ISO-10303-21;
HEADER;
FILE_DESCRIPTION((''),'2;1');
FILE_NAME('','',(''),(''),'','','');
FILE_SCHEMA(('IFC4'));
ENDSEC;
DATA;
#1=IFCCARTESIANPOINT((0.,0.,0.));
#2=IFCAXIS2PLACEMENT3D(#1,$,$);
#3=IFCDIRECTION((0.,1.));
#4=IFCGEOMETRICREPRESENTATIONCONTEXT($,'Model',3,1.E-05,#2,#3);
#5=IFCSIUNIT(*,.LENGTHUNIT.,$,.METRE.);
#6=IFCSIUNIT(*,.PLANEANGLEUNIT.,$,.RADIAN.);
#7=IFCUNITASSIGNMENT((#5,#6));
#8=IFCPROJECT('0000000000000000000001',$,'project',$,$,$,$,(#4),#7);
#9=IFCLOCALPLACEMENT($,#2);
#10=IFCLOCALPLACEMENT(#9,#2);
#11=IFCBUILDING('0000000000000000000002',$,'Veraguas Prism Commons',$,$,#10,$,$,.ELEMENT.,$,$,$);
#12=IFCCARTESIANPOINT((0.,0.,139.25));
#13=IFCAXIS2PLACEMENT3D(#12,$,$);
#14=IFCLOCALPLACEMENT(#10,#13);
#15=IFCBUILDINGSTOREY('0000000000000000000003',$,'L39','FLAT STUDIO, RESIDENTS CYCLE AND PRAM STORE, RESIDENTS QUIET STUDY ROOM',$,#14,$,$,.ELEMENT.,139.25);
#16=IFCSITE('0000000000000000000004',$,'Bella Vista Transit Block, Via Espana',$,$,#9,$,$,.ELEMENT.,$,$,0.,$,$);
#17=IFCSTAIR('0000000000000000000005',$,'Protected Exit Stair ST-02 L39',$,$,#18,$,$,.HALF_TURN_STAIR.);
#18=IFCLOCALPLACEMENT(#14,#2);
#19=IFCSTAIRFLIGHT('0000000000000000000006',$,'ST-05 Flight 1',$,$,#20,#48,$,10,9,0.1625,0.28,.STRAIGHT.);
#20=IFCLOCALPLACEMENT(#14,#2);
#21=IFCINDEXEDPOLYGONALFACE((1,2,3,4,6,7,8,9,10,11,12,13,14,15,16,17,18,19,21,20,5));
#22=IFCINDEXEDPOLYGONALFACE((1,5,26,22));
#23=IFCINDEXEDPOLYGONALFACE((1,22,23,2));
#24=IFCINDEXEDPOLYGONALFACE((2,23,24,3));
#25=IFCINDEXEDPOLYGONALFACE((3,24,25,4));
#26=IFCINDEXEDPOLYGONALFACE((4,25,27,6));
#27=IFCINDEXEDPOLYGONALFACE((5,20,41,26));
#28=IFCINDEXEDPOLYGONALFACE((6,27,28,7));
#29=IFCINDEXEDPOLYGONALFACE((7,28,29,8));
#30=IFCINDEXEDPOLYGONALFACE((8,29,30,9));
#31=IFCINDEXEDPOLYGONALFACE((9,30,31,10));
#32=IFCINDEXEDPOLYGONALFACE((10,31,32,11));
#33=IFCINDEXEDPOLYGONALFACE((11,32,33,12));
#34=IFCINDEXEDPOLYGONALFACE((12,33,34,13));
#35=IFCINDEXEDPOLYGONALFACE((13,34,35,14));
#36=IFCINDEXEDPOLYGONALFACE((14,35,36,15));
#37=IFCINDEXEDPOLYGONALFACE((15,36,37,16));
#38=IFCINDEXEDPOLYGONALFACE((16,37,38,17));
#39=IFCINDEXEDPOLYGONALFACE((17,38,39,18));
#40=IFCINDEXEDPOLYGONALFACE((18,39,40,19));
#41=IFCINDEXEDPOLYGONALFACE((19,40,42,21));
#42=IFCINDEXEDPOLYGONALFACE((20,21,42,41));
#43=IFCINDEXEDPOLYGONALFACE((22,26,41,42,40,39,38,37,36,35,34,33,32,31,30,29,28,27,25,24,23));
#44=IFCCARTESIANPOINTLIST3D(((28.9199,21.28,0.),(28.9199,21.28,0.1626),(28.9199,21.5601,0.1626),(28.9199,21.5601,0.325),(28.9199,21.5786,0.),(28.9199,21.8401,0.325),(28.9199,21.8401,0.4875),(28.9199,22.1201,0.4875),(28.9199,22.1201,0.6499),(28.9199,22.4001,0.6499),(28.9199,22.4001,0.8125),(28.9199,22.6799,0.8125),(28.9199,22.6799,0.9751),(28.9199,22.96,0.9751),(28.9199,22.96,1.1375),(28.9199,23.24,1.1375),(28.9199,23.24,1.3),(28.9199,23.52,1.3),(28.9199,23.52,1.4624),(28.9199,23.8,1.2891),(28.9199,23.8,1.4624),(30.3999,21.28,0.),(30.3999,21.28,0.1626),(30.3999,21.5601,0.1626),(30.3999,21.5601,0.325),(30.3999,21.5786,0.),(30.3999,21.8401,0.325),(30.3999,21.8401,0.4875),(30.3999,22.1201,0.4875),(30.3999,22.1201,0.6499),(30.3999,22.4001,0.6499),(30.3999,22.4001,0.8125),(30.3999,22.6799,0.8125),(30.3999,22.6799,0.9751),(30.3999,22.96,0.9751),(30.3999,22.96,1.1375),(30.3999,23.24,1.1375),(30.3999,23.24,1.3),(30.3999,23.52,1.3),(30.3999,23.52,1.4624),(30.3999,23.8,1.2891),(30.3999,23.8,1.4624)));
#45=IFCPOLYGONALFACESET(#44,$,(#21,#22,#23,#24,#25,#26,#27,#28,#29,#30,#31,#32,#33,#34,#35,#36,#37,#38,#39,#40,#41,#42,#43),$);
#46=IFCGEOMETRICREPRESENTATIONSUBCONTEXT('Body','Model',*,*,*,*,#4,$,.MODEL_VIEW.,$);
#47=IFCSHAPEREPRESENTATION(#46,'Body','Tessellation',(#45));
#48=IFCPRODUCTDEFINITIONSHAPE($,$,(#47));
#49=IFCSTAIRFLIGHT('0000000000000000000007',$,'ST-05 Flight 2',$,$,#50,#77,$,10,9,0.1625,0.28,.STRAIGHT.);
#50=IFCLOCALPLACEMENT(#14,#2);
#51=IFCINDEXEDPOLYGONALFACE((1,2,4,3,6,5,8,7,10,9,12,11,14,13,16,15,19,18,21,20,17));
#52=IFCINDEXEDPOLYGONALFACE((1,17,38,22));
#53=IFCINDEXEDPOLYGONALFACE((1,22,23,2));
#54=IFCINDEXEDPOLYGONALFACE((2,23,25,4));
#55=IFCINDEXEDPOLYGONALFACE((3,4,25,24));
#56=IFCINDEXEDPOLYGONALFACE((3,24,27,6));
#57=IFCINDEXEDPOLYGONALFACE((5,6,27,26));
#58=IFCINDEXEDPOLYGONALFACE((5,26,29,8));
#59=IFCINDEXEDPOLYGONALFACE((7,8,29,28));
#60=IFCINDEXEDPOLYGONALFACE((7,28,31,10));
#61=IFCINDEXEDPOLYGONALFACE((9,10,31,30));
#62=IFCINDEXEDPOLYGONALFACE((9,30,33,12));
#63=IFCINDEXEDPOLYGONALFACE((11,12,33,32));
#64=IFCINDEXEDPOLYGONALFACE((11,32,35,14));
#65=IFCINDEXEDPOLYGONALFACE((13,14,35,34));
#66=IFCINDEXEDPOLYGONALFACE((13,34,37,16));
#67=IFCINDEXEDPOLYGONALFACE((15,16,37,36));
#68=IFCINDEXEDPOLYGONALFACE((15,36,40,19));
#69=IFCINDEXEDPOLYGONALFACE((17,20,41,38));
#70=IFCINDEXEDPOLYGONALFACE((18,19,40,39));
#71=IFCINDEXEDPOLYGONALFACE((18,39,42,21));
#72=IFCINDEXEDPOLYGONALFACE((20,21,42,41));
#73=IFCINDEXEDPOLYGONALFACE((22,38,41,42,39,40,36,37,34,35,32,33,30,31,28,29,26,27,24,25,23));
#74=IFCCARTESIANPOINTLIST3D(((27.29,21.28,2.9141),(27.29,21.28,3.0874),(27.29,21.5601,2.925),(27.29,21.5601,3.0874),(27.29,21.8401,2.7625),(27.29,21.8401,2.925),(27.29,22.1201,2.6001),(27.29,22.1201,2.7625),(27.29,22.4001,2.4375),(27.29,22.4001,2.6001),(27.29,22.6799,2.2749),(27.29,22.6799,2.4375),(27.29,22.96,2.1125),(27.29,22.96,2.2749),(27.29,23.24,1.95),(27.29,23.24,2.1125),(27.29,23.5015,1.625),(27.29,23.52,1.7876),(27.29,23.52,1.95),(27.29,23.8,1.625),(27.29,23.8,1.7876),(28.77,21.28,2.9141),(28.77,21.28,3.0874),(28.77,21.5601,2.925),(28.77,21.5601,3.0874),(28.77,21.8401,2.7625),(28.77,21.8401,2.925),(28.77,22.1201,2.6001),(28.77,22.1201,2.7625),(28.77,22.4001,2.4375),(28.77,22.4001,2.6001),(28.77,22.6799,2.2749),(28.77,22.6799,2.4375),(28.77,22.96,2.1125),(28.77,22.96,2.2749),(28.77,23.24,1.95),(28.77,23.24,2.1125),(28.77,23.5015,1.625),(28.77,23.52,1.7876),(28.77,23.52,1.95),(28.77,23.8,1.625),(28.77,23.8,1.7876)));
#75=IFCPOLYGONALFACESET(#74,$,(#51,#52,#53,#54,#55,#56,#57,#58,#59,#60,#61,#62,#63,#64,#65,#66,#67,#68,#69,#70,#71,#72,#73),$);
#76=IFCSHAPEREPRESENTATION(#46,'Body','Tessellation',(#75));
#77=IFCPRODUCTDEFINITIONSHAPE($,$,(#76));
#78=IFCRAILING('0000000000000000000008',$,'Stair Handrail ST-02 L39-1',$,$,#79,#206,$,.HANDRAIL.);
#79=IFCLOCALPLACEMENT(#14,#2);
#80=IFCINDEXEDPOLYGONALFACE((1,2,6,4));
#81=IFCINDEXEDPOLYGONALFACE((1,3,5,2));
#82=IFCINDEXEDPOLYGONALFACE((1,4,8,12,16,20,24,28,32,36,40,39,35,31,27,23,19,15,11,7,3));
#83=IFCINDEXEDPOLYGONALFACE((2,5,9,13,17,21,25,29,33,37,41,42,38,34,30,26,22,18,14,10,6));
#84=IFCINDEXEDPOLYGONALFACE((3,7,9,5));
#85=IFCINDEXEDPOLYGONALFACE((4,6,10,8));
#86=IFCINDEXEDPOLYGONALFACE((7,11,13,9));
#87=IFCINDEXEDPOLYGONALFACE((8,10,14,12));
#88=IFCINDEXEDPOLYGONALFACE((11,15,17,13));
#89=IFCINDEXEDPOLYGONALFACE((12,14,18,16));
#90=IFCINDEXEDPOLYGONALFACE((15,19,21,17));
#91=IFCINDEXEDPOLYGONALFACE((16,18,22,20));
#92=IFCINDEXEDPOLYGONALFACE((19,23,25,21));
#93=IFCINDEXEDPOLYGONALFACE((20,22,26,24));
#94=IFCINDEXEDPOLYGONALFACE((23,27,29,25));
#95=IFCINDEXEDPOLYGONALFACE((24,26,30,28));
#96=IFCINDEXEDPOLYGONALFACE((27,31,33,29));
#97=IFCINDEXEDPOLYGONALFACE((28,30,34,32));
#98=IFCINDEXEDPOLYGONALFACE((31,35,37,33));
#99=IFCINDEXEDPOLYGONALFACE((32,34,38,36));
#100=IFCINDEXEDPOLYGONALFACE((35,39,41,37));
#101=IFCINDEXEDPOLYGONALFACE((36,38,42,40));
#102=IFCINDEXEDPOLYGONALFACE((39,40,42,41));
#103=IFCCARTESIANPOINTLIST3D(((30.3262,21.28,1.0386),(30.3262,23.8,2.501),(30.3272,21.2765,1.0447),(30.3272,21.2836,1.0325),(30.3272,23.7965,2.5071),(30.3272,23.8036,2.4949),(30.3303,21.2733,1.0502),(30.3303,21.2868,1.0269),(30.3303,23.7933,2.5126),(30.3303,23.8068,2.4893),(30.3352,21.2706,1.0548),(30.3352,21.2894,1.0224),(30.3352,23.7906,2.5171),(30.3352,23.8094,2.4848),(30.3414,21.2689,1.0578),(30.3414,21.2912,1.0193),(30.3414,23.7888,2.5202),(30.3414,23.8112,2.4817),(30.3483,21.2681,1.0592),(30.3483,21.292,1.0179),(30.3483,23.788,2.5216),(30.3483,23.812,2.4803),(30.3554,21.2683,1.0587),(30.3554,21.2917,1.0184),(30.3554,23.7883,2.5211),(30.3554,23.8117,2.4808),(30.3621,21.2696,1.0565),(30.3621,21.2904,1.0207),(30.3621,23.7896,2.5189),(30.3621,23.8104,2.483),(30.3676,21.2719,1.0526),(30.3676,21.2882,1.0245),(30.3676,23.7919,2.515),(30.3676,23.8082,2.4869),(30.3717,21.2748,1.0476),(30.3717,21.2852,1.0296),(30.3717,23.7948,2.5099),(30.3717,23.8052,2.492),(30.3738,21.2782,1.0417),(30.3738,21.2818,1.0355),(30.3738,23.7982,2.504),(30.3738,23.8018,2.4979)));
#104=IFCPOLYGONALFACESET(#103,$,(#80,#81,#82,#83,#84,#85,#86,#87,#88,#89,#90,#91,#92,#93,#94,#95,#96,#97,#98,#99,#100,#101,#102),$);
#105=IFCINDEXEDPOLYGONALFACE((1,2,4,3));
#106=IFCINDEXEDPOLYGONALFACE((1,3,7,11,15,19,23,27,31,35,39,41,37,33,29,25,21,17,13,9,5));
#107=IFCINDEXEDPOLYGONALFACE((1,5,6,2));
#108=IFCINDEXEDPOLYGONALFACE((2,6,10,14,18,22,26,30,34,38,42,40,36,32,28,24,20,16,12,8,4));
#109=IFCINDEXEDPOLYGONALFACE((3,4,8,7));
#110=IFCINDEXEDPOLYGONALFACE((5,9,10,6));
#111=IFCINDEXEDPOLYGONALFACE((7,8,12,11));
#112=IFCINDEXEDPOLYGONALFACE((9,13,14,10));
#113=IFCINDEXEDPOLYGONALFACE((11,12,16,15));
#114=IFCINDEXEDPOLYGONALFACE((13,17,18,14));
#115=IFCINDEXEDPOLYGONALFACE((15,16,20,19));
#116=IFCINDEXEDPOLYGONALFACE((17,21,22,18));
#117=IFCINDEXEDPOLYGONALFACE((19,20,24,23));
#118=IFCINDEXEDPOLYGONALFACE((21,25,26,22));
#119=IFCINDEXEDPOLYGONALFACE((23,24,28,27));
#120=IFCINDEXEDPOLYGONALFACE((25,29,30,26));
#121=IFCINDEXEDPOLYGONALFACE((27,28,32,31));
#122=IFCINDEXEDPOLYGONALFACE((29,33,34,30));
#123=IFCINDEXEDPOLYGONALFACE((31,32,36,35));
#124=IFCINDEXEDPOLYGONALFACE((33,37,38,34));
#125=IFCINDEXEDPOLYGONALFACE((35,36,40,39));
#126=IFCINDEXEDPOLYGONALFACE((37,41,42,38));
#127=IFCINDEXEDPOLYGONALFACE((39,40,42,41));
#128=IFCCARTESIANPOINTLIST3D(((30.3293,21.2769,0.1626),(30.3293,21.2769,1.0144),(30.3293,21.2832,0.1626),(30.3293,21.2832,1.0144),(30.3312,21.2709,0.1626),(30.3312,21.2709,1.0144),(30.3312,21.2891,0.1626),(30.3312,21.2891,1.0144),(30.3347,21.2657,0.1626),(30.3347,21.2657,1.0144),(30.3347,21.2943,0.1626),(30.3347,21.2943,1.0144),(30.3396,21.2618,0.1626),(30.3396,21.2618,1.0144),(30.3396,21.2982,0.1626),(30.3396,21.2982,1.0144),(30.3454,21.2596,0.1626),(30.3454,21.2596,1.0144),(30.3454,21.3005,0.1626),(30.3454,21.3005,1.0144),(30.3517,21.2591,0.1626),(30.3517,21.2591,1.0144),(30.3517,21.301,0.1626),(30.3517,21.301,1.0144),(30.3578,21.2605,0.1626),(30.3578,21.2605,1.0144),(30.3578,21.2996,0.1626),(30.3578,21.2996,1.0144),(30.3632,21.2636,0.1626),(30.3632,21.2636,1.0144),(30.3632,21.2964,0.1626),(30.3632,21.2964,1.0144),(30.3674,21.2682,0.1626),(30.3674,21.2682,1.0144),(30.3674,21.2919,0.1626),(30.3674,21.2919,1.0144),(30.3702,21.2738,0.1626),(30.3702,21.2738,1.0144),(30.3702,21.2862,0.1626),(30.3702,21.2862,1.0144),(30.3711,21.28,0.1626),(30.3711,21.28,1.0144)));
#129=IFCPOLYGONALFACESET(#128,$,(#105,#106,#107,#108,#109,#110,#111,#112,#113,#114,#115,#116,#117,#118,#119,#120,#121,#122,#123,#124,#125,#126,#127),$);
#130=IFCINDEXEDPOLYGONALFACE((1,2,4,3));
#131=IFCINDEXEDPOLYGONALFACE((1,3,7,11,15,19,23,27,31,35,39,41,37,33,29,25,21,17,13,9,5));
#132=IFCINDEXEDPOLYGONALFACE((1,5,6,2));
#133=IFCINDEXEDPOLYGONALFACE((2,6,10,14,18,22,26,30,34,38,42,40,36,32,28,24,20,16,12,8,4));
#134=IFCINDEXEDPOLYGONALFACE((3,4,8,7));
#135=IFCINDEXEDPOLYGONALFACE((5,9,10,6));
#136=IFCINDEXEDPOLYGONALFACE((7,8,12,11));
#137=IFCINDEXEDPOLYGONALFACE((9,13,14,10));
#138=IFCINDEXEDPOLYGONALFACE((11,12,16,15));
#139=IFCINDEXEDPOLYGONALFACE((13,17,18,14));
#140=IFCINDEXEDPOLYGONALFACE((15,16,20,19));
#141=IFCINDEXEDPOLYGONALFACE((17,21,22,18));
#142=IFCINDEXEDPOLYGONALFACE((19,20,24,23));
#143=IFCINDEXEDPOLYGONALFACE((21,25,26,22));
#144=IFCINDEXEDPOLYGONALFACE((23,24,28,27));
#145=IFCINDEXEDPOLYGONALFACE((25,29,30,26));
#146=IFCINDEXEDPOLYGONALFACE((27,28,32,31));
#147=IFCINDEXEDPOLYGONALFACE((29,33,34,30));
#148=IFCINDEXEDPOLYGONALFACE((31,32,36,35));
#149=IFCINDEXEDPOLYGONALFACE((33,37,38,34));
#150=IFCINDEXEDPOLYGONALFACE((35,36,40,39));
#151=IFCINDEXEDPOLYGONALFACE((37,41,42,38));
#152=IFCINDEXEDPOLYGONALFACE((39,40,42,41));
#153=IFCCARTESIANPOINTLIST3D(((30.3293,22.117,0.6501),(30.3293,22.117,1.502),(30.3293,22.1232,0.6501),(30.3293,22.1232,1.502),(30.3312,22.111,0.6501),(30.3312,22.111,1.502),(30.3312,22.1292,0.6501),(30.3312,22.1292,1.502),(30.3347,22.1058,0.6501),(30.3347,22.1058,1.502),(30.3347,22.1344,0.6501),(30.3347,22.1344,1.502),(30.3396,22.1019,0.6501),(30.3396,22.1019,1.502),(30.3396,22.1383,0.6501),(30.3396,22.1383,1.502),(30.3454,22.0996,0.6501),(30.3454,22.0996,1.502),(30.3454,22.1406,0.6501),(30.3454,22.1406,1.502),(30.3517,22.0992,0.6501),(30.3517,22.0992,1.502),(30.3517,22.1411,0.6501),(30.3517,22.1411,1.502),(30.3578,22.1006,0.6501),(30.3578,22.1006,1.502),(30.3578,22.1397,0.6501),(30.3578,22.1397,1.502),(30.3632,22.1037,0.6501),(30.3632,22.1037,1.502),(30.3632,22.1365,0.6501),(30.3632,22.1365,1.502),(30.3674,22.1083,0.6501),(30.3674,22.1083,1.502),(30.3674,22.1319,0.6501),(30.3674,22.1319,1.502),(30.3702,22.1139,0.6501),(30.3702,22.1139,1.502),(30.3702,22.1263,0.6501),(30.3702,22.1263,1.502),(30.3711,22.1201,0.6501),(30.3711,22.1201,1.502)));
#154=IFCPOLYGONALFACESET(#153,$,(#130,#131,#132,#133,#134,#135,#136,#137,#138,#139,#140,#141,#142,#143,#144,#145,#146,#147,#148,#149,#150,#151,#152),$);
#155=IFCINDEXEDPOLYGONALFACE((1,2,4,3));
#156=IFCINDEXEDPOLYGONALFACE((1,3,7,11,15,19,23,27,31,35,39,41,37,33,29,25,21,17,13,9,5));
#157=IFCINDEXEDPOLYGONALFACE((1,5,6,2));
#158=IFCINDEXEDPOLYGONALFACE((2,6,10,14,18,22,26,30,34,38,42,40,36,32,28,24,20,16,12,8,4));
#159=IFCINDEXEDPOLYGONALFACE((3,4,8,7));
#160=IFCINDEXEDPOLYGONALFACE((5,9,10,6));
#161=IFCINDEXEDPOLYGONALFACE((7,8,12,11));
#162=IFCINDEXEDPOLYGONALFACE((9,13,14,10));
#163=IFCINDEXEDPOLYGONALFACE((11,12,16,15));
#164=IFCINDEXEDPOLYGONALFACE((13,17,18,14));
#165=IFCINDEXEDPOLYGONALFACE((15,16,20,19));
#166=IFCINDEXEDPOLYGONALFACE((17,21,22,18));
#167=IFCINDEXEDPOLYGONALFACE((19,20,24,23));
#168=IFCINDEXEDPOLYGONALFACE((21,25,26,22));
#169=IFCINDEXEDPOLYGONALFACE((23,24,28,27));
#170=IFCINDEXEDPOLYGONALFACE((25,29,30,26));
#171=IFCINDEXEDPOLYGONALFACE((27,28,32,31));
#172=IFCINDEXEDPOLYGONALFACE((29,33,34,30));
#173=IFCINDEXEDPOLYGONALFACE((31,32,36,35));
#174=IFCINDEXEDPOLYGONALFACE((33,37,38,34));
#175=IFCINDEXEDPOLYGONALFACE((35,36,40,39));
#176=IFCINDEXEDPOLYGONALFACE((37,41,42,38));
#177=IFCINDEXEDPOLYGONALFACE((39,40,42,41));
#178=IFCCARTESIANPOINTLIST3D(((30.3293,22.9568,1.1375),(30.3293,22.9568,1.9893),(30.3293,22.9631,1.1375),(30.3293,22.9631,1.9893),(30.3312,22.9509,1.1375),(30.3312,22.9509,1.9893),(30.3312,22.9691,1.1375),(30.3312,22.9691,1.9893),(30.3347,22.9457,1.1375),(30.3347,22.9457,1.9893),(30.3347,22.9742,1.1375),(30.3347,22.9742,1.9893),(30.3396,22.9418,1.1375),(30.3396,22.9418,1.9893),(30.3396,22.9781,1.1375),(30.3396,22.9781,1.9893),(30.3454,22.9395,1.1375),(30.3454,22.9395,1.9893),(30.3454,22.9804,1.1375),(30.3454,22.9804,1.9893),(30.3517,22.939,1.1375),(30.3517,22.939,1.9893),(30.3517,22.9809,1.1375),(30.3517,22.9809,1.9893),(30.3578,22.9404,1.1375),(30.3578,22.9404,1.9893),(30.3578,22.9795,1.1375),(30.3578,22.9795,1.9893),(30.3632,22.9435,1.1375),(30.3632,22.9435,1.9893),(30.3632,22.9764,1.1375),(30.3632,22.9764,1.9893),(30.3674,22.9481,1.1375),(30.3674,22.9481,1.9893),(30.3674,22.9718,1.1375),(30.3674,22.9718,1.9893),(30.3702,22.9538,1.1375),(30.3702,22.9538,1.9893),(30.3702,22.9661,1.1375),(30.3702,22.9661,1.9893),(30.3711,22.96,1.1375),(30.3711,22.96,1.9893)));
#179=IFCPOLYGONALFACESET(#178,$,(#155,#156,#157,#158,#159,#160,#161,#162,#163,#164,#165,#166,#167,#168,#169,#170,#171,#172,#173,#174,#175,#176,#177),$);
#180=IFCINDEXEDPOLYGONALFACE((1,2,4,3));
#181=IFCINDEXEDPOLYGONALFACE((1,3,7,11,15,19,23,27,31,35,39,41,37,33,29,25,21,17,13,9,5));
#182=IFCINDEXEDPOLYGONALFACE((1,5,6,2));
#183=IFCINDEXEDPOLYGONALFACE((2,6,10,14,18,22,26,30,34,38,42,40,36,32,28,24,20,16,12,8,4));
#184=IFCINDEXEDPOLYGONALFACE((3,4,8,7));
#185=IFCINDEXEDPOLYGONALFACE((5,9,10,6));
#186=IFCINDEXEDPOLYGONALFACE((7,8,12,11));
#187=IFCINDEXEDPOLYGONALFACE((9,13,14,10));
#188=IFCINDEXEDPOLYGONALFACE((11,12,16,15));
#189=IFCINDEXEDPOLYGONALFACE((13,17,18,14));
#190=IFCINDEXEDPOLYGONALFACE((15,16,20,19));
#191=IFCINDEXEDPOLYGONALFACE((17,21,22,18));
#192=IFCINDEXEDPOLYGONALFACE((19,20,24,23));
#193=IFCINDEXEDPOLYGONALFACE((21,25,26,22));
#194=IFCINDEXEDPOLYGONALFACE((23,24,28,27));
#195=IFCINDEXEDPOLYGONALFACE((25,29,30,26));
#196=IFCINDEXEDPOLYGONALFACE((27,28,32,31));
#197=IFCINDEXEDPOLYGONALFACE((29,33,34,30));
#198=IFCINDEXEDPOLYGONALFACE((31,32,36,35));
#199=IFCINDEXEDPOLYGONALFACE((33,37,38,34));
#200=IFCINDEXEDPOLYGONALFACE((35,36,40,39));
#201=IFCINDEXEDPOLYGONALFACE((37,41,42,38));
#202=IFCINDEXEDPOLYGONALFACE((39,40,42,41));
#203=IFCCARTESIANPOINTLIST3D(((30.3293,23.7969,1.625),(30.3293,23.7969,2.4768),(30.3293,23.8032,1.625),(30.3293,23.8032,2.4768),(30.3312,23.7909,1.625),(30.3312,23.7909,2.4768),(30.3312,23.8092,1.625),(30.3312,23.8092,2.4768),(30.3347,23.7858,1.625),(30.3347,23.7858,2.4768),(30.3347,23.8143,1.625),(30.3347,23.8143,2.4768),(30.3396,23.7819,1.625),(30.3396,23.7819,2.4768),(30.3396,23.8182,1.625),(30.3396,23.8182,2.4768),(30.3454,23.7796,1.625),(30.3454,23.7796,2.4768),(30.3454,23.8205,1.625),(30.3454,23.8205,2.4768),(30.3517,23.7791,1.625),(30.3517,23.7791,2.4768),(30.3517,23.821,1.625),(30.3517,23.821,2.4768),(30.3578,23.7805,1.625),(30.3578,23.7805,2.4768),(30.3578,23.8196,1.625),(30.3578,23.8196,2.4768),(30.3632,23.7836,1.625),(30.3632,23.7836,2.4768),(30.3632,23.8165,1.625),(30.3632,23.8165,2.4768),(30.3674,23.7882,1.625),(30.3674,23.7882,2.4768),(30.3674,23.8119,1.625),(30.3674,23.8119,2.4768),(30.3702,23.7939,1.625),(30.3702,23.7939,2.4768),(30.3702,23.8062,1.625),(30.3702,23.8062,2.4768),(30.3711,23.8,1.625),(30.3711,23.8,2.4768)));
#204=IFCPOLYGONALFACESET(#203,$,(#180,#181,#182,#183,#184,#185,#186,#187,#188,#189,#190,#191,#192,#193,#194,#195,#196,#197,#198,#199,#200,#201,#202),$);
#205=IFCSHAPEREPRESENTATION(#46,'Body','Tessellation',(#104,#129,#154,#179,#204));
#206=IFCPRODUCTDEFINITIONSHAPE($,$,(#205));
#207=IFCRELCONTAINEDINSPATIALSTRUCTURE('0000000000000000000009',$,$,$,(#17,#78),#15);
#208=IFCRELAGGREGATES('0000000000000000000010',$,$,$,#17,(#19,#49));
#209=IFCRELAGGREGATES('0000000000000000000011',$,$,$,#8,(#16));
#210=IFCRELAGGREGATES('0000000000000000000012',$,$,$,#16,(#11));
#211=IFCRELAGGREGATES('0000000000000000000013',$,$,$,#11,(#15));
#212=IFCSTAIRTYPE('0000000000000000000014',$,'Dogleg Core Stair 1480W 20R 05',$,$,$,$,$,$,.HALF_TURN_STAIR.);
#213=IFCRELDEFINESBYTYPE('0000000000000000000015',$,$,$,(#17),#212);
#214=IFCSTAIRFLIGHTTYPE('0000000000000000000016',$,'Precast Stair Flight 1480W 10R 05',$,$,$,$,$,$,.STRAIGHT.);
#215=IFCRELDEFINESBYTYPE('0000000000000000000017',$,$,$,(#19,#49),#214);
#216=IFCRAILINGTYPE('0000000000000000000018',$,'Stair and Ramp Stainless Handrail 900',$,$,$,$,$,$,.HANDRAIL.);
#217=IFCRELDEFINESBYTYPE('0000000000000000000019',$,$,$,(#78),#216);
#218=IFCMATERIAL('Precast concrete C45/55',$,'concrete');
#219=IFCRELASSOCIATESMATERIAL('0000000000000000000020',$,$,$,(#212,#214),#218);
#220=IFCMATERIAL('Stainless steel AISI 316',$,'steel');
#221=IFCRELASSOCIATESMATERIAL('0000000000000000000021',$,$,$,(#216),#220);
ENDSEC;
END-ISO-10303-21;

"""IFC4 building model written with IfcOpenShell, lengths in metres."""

from ifc_helpers import new_model, si_unit, direction, frame, origin, origin_2d, place, context, subcontext, project, spatial, polyline, circle, outline, extrude, material, type_object, element, aggregate, save


model = new_model("IFC4")

# Units and contexts
model_context = context("Model", 3, precision=1e-05, world=origin(), true_north=direction((0.0, 1.0)))
body_context = subcontext(model_context, "Body", "Model", "MODEL_VIEW")
ifc_project = project(units=[si_unit("LENGTHUNIT", "METRE"), si_unit("PLANEANGLEUNIT", "RADIAN")], contexts=[model_context])

# Site, building, storey
site_placement = place(None, origin())
site = spatial("IfcSite", under=ifc_project, at=site_placement, Name="Bella Vista Transit Block, Via Espana", CompositionType="ELEMENT", RefElevation=0.0)
building_placement = place(site_placement, origin())
building = spatial("IfcBuilding", under=site, at=building_placement, Name="Veraguas Prism Commons", CompositionType="ELEMENT")
storey_placement = place(building_placement, frame((0.0, 0.0, 139.25)))
storey = spatial("IfcBuildingStorey", under=building, at=storey_placement, Name="L39", Description="FLAT STUDIO, RESIDENTS CYCLE AND PRAM STORE, RESIDENTS QUIET STUDY ROOM", CompositionType="ELEMENT", Elevation=139.25)

# Shared definitions
ifc_material_1 = material(Name="Stainless steel AISI 316", Category="steel")

# Stair, stair flights
ifc_material_2 = material(Name="Precast concrete C45/55", Category="concrete")
stair_type = type_object("IfcStairType", Name="Dogleg Core Stair 1480W 20R 05", PredefinedType="HALF_TURN_STAIR", material=ifc_material_2)
stair_placement = place(storey_placement, origin())
stair = element("IfcStair", 1, at=stair_placement, inside=storey, type_object=stair_type, Name="Protected Exit Stair ST-02 L39", PredefinedType="HALF_TURN_STAIR")
stair_flight_type = type_object("IfcStairFlightType", Name="Precast Stair Flight 1480W 10R 05", PredefinedType="STRAIGHT", material=ifc_material_2)
stair_flight_1_placement = place(storey_placement, frame((29.6599, 21.28, 0.0), z_axis=(0.0, 0.0, 1.0), x_axis=(0.0, 1.0, 0.0)))
stair_flight_1 = element("IfcStairFlight", 2, at=stair_flight_1_placement, type_object=stair_flight_type, Name="ST-05 Flight 1", NumberOfRisers=10, NumberOfTreads=9, PredefinedType="STRAIGHT", RiserHeight=0.1625, TreadLength=0.28, context=body_context, shape_type="SweptSolid", body=[
    extrude(outline(polyline([(0.0, 0.0), (0.0, 0.1626), (0.28, 0.1626), (0.28, 0.325), (0.5601, 0.325), (0.5601, 0.4875), (0.8401, 0.4875), (0.8401, 0.6499), (1.1201, 0.6499), (1.1201, 0.8125), (1.3999, 0.8125), (1.3999, 0.9751), (1.6799, 0.9751), (1.6799, 1.1375), (1.96, 1.1375), (1.96, 1.3), (2.24, 1.3), (2.24, 1.4624), (2.52, 1.4624), (2.52, 1.625), (2.52, 1.2891), (0.2986, 0.0), (0.0, 0.0)])), frame((0.0, 0.74, 0.0), z_axis=(0.0, -1.0, 0.0), x_axis=(1.0, 0.0, 0.0)), (0.0, 0.0, 1.0), 1.48),
])
stair_flight_2_placement = place(storey_placement, frame((28.03, 23.8, 1.625), z_axis=(0.0, 0.0, 1.0), x_axis=(0.0, -1.0, 0.0)))
stair_flight_2 = element("IfcStairFlight", 3, at=stair_flight_2_placement, type_object=stair_flight_type, Name="ST-05 Flight 2", NumberOfRisers=10, NumberOfTreads=9, PredefinedType="STRAIGHT", RiserHeight=0.1625, TreadLength=0.28, context=body_context, shape_type="SweptSolid", body=[
    extrude(outline(polyline([(0.0, 0.0), (0.0, 0.1626), (0.28, 0.1626), (0.28, 0.325), (0.5601, 0.325), (0.5601, 0.4875), (0.8401, 0.4875), (0.8401, 0.6499), (1.1201, 0.6499), (1.1201, 0.8125), (1.3999, 0.8125), (1.3999, 0.9751), (1.6799, 0.9751), (1.6799, 1.1375), (1.96, 1.1375), (1.96, 1.3), (2.24, 1.3), (2.24, 1.4624), (2.52, 1.4624), (2.52, 1.625), (2.52, 1.2891), (0.2986, 0.0), (0.0, 0.0)])), frame((0.0, 0.74, 0.0), z_axis=(0.0, -1.0, 0.0), x_axis=(1.0, 0.0, 0.0)), (0.0, 0.0, 1.0), 1.48),
])
aggregate(stair, [stair_flight_1, stair_flight_2])

# Railing
railing_type_1 = type_object("IfcRailingType", Name="Stair and Ramp Stainless Handrail 900", PredefinedType="HANDRAIL", material=ifc_material_1)
railing_1_placement = place(storey_placement, frame((30.3501, 21.28, 0.1626)))
element("IfcRailing", 4, at=railing_1_placement, inside=storey, type_object=railing_type_1, Name="Stair Handrail ST-02 L39-1", PredefinedType="HANDRAIL", context=body_context, shape_type="SweptSolid", body=[
    extrude(circle(Radius=0.0239, at=origin_2d()), frame((0.0, 0.0, 0.876), z_axis=(0.0, 0.864913, 0.501921), x_axis=(-1.0, 0.0, 0.0)), (0.0, 0.0, 1.0), 2.9136),
    extrude(circle(Radius=0.021, at=origin_2d()), origin(), (0.0, 0.0, 1.0), 0.8518),
    extrude(circle(Radius=0.021, at=origin_2d()), frame((0.0, 0.8401, 0.4875)), (0.0, 0.0, 1.0), 0.8518),
    extrude(circle(Radius=0.021, at=origin_2d()), frame((0.0, 1.6799, 0.9749)), (0.0, 0.0, 1.0), 0.8518),
    extrude(circle(Radius=0.021, at=origin_2d()), frame((0.0, 2.52, 1.4624)), (0.0, 0.0, 1.0), 0.8518),
])

save(model, "model.ifc")
